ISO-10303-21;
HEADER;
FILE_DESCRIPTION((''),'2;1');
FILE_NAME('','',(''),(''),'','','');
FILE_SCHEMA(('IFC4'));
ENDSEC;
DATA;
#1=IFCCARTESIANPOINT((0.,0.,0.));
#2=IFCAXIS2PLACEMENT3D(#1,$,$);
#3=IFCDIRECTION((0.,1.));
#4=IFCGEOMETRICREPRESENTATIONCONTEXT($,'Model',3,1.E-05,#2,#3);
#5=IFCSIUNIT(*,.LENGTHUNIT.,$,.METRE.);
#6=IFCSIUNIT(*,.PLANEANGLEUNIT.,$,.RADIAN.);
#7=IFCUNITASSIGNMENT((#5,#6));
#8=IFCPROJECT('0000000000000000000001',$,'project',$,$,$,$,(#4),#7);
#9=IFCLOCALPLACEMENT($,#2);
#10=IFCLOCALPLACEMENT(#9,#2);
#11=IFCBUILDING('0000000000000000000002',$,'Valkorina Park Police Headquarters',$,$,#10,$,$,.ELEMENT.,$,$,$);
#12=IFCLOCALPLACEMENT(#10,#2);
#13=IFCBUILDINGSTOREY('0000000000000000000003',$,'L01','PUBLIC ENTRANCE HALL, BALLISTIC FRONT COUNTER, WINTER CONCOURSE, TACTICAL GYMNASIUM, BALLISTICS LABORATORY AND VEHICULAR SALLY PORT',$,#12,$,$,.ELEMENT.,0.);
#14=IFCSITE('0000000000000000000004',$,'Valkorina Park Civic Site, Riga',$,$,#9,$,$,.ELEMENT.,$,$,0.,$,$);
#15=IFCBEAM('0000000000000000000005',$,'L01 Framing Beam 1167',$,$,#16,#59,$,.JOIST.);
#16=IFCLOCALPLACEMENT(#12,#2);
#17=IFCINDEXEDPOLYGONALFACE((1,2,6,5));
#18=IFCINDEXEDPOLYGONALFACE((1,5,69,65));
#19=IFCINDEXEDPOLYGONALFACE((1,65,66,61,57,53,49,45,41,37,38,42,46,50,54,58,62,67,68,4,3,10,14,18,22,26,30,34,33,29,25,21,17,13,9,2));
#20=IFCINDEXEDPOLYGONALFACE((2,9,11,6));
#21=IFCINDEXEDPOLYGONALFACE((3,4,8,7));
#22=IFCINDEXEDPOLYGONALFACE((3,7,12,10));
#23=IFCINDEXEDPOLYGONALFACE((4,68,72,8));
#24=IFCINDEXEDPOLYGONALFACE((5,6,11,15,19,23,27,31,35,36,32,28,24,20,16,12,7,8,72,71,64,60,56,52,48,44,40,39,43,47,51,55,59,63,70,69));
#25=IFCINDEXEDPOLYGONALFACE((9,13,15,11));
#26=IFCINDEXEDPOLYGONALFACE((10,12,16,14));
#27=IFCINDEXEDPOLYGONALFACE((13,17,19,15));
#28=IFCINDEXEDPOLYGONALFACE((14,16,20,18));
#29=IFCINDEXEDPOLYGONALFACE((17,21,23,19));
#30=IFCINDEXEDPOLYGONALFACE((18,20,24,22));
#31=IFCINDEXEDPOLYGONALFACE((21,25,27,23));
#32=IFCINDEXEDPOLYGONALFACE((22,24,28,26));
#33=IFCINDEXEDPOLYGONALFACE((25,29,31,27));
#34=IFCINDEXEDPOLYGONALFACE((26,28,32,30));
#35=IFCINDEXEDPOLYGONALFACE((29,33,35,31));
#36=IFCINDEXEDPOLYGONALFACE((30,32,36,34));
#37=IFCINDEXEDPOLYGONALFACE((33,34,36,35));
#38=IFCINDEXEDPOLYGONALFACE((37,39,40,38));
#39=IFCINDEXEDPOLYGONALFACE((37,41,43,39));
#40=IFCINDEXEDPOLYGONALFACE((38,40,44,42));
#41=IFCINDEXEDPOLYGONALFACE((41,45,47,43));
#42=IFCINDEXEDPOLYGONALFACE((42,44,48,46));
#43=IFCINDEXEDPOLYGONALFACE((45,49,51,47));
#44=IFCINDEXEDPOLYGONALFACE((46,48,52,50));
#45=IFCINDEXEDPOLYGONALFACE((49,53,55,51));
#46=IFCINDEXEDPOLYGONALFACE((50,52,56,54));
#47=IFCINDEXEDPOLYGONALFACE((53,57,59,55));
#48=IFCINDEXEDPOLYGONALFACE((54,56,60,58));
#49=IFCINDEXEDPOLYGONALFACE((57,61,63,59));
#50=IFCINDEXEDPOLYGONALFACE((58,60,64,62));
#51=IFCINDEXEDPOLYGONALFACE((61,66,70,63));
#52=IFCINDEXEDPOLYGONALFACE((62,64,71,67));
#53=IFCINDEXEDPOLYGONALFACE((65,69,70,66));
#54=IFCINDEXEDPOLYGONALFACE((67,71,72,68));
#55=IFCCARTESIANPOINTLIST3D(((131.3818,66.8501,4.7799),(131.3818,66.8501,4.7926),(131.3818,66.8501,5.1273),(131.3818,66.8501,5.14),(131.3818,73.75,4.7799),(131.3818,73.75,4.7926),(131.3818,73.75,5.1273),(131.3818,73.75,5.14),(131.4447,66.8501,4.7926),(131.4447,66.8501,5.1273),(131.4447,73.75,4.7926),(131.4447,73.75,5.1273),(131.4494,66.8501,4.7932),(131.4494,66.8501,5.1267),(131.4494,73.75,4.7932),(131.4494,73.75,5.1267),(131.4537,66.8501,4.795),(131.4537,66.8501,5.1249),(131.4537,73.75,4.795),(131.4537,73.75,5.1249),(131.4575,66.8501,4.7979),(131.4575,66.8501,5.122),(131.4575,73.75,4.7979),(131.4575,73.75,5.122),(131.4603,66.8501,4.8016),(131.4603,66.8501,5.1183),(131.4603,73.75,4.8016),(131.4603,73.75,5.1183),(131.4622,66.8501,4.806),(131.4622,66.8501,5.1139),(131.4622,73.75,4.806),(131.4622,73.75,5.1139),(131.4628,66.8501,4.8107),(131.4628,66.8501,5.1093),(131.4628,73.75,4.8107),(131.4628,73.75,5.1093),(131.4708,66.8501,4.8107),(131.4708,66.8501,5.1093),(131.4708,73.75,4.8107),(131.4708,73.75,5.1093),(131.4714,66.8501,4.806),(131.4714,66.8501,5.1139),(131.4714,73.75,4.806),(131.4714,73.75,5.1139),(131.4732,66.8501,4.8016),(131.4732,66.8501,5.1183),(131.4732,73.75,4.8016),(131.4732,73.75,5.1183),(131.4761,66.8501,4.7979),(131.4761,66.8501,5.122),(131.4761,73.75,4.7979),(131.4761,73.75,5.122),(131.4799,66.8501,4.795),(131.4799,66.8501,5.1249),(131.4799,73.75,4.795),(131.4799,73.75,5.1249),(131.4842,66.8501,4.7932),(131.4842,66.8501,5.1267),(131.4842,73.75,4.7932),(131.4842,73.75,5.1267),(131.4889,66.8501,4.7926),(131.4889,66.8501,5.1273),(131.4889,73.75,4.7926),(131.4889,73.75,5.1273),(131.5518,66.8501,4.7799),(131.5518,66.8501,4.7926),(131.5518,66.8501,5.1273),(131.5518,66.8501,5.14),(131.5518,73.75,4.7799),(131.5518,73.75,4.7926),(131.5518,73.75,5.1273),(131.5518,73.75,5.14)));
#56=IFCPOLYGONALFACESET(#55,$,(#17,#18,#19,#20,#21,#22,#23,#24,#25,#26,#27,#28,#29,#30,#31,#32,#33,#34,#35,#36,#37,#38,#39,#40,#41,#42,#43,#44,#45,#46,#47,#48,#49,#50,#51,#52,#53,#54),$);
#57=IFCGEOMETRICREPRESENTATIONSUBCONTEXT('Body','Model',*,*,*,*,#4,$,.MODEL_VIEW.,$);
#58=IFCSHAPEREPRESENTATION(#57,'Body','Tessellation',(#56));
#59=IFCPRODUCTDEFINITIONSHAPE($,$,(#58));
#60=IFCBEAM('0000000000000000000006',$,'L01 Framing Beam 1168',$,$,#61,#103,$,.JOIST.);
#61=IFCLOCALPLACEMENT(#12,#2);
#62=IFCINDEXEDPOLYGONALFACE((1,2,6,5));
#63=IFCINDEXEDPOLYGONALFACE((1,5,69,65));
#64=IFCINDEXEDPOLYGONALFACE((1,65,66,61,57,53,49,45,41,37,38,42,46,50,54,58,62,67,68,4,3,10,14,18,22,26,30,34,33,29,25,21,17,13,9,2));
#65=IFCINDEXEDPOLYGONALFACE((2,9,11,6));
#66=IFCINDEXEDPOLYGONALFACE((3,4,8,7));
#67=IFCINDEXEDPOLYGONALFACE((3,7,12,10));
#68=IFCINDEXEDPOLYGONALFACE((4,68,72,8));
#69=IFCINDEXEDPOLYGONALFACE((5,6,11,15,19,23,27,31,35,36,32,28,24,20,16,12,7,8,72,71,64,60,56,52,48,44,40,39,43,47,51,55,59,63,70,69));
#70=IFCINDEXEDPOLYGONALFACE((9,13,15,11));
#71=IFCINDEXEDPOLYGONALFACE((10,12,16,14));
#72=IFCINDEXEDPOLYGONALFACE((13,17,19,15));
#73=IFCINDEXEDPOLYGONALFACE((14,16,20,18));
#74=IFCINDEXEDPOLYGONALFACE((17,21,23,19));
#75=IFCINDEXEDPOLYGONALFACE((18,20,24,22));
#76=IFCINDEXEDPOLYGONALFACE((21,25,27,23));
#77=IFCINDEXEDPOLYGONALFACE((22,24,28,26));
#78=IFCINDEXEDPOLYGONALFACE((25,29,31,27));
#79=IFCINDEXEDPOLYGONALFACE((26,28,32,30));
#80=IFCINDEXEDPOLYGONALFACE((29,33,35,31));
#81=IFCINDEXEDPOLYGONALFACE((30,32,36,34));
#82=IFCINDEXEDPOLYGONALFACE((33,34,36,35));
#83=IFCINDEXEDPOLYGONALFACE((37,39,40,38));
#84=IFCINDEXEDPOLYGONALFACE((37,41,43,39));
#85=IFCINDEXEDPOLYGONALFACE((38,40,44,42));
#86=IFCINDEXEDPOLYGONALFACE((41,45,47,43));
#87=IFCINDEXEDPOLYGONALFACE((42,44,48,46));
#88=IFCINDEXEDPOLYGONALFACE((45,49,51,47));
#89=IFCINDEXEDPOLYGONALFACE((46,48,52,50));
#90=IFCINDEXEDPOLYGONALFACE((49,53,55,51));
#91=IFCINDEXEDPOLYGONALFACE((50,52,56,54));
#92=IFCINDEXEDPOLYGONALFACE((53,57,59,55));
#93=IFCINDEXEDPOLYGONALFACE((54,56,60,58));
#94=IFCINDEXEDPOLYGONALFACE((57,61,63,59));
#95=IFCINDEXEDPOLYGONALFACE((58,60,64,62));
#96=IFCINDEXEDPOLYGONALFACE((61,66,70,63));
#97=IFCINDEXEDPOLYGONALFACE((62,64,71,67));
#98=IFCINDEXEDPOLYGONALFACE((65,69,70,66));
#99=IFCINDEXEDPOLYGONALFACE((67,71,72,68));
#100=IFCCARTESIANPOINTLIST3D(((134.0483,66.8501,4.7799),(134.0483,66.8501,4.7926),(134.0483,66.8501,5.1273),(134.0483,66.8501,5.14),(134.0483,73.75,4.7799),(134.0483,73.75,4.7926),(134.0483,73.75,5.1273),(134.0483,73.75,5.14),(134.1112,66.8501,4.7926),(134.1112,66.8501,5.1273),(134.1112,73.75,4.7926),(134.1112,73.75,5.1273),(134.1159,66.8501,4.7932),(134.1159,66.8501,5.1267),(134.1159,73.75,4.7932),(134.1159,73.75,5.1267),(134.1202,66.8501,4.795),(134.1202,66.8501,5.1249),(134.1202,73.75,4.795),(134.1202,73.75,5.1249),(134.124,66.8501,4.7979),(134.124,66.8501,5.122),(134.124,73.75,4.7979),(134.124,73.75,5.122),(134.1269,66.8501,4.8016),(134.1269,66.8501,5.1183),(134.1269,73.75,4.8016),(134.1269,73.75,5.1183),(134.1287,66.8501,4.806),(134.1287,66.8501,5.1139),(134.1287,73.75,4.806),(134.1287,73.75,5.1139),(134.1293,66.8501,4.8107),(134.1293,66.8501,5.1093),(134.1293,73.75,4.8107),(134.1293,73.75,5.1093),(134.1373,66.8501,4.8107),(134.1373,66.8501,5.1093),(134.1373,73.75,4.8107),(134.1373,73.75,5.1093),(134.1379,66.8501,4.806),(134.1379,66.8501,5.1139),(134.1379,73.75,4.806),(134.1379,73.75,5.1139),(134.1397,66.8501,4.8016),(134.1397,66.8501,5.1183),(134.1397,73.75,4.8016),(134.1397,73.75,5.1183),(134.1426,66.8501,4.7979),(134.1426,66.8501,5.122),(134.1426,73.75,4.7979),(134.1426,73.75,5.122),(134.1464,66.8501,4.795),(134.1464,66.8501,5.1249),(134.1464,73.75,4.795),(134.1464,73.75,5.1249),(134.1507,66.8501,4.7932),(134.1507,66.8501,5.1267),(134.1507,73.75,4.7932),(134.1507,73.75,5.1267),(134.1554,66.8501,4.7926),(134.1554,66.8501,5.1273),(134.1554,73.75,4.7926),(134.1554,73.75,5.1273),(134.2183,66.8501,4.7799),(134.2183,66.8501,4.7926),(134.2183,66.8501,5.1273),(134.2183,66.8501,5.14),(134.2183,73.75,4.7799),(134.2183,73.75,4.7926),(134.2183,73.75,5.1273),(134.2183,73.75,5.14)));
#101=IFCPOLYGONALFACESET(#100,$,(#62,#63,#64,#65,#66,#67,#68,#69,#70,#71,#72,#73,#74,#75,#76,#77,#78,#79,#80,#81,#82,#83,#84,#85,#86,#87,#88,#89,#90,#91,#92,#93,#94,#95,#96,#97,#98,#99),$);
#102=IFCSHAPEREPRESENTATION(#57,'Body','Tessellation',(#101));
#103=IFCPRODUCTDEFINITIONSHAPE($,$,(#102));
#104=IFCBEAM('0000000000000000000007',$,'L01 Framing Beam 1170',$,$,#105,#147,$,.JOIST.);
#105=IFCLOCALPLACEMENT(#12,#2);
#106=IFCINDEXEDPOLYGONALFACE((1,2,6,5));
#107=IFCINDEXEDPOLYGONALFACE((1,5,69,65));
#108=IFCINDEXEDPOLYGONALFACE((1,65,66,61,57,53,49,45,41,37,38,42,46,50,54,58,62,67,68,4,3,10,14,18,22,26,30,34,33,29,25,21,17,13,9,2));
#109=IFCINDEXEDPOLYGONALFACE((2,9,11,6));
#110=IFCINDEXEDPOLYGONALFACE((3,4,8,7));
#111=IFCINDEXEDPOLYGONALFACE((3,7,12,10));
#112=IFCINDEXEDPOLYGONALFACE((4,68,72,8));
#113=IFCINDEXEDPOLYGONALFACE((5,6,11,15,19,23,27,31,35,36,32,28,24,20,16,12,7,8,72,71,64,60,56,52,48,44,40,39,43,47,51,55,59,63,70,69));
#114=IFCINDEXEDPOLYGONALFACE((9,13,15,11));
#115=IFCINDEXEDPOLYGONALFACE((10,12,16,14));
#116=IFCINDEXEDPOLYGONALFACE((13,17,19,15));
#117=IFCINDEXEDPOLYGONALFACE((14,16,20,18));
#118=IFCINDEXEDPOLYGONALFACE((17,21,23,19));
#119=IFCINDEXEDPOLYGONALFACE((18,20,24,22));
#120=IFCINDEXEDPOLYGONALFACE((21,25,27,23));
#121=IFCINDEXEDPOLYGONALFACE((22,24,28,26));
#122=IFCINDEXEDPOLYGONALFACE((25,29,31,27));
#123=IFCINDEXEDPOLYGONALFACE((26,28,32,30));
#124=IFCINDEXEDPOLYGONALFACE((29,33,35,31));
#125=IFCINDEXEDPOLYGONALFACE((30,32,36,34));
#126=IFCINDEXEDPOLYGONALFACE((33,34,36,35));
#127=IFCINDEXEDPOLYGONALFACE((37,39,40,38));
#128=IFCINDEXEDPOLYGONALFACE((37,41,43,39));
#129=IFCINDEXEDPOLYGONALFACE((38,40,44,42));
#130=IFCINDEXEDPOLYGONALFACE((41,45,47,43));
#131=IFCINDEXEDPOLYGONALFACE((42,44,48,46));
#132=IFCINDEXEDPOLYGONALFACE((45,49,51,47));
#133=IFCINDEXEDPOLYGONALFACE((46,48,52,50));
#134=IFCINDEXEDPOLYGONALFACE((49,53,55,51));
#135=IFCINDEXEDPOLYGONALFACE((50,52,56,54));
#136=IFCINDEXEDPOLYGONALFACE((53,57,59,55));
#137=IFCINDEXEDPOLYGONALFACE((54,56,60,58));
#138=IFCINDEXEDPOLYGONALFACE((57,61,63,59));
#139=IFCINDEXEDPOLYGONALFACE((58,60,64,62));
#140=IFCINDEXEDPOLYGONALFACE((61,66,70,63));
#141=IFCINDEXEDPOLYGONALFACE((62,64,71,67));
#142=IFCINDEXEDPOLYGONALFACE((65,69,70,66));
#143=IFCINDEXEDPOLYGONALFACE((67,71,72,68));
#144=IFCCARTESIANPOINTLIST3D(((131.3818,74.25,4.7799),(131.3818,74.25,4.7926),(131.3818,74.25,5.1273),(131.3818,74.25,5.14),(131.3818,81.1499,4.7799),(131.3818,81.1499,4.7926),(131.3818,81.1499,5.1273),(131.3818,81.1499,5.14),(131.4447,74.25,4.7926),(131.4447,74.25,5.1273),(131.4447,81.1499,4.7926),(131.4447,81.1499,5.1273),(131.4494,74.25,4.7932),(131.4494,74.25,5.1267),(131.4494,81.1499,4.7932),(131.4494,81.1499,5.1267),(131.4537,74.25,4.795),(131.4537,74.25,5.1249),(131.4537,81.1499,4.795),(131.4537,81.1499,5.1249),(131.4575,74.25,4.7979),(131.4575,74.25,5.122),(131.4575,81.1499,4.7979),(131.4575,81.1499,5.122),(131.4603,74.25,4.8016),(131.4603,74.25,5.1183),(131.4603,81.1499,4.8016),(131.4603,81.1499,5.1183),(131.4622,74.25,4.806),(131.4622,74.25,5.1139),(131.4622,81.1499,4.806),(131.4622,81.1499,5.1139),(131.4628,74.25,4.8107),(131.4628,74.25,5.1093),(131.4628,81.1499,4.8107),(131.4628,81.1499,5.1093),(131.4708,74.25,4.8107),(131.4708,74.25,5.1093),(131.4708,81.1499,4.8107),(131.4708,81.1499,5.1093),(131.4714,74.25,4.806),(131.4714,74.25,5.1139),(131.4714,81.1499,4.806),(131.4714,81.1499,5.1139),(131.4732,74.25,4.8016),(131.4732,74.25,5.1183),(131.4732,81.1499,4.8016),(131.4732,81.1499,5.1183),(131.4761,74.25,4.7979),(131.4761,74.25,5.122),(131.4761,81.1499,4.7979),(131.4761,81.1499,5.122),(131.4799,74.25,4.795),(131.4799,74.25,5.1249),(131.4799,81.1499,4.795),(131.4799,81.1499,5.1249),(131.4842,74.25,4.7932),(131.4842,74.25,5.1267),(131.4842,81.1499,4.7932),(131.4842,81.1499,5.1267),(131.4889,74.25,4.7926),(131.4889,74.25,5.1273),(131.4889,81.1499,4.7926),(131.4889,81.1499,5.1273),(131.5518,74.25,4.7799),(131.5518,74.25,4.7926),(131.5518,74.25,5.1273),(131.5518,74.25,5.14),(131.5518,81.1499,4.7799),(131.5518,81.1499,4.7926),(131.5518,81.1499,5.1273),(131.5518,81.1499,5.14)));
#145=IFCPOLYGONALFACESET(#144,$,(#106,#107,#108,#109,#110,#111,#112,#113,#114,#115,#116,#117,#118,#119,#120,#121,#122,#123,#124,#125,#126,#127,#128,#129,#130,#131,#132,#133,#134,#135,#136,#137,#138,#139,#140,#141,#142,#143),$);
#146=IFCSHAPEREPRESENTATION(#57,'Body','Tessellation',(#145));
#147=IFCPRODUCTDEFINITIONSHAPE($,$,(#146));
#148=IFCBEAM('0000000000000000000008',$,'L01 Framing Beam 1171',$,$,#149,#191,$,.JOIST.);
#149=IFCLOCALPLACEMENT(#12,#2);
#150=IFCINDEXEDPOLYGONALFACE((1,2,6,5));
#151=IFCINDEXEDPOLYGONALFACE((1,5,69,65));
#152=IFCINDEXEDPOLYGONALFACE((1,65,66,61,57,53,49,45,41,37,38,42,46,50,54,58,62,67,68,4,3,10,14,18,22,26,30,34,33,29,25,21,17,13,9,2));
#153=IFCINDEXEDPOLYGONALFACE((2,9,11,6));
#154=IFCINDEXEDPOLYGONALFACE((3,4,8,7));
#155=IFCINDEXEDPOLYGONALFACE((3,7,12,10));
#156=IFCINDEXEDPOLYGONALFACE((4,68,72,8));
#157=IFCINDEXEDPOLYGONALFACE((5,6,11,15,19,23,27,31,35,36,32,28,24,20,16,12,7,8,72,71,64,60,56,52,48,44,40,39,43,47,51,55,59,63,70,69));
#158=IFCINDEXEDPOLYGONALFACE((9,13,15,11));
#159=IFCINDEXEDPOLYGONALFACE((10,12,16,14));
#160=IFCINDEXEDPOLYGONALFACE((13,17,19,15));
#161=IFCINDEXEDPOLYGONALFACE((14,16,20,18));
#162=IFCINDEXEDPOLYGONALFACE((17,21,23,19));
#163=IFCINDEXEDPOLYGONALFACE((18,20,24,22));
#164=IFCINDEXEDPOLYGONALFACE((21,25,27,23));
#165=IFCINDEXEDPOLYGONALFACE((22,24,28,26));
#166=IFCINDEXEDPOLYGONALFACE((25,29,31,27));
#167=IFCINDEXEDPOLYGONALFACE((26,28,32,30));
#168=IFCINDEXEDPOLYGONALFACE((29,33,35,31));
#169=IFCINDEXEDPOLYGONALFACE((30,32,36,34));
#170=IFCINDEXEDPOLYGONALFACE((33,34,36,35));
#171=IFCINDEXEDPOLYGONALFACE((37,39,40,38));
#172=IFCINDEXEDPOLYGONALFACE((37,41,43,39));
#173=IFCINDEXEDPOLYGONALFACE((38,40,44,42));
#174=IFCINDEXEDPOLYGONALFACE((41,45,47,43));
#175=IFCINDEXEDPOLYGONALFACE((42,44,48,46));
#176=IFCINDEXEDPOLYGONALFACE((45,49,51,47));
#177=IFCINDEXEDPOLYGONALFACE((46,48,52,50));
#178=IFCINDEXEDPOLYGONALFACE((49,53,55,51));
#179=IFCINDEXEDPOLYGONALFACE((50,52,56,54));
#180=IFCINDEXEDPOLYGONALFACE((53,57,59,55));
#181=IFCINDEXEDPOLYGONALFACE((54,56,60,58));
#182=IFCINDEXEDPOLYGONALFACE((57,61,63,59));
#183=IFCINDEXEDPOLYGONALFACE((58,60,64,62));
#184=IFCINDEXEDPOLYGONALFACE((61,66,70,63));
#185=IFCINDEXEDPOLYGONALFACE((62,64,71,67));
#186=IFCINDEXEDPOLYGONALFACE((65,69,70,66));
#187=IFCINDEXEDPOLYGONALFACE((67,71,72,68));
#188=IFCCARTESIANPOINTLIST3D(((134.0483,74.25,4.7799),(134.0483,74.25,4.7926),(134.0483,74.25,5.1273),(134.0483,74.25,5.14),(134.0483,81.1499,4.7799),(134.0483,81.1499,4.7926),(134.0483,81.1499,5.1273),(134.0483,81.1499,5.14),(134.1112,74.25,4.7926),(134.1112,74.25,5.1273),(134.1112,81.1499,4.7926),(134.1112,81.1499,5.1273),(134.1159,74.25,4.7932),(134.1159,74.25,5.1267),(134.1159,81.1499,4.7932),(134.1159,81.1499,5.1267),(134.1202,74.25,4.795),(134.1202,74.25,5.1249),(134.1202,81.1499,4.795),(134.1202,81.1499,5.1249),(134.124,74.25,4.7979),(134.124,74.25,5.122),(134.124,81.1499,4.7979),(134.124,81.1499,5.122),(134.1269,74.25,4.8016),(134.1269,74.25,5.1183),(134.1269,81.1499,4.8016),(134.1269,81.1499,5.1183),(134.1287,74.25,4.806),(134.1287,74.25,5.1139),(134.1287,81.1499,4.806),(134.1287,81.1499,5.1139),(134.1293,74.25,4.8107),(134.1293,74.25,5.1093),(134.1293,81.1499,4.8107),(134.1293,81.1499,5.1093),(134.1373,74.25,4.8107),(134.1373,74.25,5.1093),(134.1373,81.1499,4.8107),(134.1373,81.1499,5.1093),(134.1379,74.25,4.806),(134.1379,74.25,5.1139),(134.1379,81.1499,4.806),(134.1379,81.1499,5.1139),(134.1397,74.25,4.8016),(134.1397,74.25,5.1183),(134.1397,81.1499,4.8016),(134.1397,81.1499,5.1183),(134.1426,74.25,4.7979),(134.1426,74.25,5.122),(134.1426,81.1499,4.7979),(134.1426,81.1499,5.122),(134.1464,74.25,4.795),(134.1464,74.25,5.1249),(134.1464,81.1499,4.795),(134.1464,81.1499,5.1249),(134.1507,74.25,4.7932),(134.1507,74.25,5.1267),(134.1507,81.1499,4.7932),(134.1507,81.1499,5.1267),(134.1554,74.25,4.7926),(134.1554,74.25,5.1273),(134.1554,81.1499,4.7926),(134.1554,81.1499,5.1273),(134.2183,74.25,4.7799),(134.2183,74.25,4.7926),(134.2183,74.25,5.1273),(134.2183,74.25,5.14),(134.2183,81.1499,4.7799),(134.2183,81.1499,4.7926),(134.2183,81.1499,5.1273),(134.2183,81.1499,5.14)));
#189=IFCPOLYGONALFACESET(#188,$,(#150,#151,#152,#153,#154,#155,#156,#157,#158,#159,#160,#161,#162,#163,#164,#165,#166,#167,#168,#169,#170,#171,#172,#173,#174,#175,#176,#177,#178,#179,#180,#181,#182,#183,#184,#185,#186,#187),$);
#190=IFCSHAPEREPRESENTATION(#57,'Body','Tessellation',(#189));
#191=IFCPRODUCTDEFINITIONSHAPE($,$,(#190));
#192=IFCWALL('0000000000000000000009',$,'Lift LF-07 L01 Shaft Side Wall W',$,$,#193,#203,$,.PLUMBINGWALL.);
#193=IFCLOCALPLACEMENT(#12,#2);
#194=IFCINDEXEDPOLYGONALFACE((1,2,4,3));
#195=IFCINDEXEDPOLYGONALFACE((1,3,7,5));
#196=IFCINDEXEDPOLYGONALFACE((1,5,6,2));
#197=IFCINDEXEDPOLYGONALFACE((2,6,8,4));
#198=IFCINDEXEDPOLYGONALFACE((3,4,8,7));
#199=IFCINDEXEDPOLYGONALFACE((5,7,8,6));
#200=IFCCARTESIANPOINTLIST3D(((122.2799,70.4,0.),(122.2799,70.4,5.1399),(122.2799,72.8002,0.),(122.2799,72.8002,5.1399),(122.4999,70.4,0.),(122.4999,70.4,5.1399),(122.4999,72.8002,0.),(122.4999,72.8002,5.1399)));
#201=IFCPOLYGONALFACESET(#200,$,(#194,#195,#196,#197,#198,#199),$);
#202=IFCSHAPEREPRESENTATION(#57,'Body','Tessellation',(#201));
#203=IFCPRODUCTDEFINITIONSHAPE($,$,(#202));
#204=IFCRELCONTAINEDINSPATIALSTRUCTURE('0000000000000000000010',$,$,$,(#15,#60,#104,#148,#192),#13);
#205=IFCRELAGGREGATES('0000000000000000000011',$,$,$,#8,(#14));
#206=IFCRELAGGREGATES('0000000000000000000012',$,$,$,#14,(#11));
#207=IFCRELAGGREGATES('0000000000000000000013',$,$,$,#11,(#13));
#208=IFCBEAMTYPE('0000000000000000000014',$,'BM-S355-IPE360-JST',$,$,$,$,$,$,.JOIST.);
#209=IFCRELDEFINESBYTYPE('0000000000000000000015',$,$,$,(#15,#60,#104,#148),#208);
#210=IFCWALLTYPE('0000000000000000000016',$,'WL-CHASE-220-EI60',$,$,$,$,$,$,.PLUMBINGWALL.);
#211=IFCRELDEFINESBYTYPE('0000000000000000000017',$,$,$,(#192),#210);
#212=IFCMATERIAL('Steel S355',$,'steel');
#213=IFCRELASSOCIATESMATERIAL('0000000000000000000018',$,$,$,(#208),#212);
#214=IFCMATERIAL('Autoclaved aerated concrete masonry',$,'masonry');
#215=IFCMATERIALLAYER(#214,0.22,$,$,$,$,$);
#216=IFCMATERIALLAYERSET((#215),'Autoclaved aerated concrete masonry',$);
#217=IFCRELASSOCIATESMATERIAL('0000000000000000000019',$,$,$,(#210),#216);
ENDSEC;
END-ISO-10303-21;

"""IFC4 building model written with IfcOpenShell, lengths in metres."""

from ifc_helpers import new_model, si_unit, direction, frame, frame_2d, origin, origin_2d, place, context, subcontext, project, spatial, rectangle, i_section, extrude, material, layer, layer_set, material_profile, profile_set, type_object, element, save


model = new_model("IFC4")

# Units and contexts
model_context = context("Model", 3, precision=1e-05, world=origin(), true_north=direction((0.0, 1.0)))
body_context = subcontext(model_context, "Body", "Model", "MODEL_VIEW")
ifc_project = project(units=[si_unit("LENGTHUNIT", "METRE"), si_unit("PLANEANGLEUNIT", "RADIAN")], contexts=[model_context])

# Site, building, storey
site_placement = place(None, origin())
site = spatial("IfcSite", under=ifc_project, at=site_placement, Name="Valkorina Park Civic Site, Riga", CompositionType="ELEMENT", RefElevation=0.0)
building_placement = place(site_placement, origin())
building = spatial("IfcBuilding", under=site, at=building_placement, Name="Valkorina Park Police Headquarters", CompositionType="ELEMENT")
storey_placement = place(building_placement, origin())
storey = spatial("IfcBuildingStorey", under=building, at=storey_placement, Name="L01", Description="PUBLIC ENTRANCE HALL, BALLISTIC FRONT COUNTER, WINTER CONCOURSE, TACTICAL GYMNASIUM, BALLISTICS LABORATORY AND VEHICULAR SALLY PORT", CompositionType="ELEMENT", Elevation=0.0)

# Beams
ifc_material_1 = material(Name="Steel S355", Category="steel")
ifc_material_profile_1 = material_profile(ifc_material_1, i_section(OverallWidth=0.1699, OverallDepth=0.3601, WebThickness=0.0081, FlangeThickness=0.0127, FilletRadius=0.0181, at=origin_2d()), Name="IPE 360")
ifc_profile_set_1 = profile_set([ifc_material_profile_1], Name="Steel S355")
beam_type_1 = type_object("IfcBeamType", Name="BM-S355-IPE360-JST", PredefinedType="JOIST", material=ifc_profile_set_1)
for number, where, z_axis, x_axis, name in (
    (1, (131.4668, 66.8501, 4.96), (0.0, 1.0, 0.0), (-1.0, 0.0, 0.0), "L01 Framing Beam 1167"),
    (2, (134.1333, 66.8501, 4.96), (0.0, 1.0, 0.0), (-1.0, 0.0, 0.0), "L01 Framing Beam 1168"),
    (3, (131.4668, 74.25, 4.96), (0.0, 1.0, 0.0), (-1.0, 0.0, 0.0), "L01 Framing Beam 1170"),
    (4, (134.1333, 74.25, 4.96), (0.0, 1.0, 0.0), (-1.0, 0.0, 0.0), "L01 Framing Beam 1171"),
):
    element("IfcBeam", number, at=place(storey_placement, frame(where, z_axis=z_axis, x_axis=x_axis)), inside=storey, type_object=beam_type_1, Name=name, PredefinedType="JOIST", context=body_context, shape_type="SweptSolid", body=[
        extrude(i_section(OverallWidth=0.1699, OverallDepth=0.3601, WebThickness=0.0081, FlangeThickness=0.0127, FilletRadius=0.0181, at=origin_2d()), origin(), (0.0, 0.0, 1.0), 6.8999),
    ])

# Shared definitions
ifc_material_2 = material(Name="Autoclaved aerated concrete masonry", Category="masonry")
ifc_layer_1 = layer(ifc_material_2, 0.22)
ifc_layer_set_1 = layer_set([ifc_layer_1], Name="Autoclaved aerated concrete masonry")
wall_type_1 = type_object("IfcWallType", Name="WL-CHASE-220-EI60", PredefinedType="PLUMBINGWALL", material=ifc_layer_set_1)

# Wall
for number, where, z_axis, x_axis, name in (
    (5, (122.3899, 70.3999, 0.0), (0.0, 0.0, 1.0), (0.0, 1.0, 0.0), "Lift LF-07 L01 Shaft Side Wall W"),
):
    element("IfcWall", number, at=place(storey_placement, frame(where, z_axis=z_axis, x_axis=x_axis)), inside=storey, type_object=wall_type_1, Name=name, PredefinedType="PLUMBINGWALL", context=body_context, shape_type="SweptSolid", body=[
        extrude(rectangle(XDim=2.4001, YDim=0.22, at=frame_2d((1.2002, 0.0))), origin(), (0.0, 0.0, 1.0), 5.1399),
    ])

save(model, "model.ifc")
